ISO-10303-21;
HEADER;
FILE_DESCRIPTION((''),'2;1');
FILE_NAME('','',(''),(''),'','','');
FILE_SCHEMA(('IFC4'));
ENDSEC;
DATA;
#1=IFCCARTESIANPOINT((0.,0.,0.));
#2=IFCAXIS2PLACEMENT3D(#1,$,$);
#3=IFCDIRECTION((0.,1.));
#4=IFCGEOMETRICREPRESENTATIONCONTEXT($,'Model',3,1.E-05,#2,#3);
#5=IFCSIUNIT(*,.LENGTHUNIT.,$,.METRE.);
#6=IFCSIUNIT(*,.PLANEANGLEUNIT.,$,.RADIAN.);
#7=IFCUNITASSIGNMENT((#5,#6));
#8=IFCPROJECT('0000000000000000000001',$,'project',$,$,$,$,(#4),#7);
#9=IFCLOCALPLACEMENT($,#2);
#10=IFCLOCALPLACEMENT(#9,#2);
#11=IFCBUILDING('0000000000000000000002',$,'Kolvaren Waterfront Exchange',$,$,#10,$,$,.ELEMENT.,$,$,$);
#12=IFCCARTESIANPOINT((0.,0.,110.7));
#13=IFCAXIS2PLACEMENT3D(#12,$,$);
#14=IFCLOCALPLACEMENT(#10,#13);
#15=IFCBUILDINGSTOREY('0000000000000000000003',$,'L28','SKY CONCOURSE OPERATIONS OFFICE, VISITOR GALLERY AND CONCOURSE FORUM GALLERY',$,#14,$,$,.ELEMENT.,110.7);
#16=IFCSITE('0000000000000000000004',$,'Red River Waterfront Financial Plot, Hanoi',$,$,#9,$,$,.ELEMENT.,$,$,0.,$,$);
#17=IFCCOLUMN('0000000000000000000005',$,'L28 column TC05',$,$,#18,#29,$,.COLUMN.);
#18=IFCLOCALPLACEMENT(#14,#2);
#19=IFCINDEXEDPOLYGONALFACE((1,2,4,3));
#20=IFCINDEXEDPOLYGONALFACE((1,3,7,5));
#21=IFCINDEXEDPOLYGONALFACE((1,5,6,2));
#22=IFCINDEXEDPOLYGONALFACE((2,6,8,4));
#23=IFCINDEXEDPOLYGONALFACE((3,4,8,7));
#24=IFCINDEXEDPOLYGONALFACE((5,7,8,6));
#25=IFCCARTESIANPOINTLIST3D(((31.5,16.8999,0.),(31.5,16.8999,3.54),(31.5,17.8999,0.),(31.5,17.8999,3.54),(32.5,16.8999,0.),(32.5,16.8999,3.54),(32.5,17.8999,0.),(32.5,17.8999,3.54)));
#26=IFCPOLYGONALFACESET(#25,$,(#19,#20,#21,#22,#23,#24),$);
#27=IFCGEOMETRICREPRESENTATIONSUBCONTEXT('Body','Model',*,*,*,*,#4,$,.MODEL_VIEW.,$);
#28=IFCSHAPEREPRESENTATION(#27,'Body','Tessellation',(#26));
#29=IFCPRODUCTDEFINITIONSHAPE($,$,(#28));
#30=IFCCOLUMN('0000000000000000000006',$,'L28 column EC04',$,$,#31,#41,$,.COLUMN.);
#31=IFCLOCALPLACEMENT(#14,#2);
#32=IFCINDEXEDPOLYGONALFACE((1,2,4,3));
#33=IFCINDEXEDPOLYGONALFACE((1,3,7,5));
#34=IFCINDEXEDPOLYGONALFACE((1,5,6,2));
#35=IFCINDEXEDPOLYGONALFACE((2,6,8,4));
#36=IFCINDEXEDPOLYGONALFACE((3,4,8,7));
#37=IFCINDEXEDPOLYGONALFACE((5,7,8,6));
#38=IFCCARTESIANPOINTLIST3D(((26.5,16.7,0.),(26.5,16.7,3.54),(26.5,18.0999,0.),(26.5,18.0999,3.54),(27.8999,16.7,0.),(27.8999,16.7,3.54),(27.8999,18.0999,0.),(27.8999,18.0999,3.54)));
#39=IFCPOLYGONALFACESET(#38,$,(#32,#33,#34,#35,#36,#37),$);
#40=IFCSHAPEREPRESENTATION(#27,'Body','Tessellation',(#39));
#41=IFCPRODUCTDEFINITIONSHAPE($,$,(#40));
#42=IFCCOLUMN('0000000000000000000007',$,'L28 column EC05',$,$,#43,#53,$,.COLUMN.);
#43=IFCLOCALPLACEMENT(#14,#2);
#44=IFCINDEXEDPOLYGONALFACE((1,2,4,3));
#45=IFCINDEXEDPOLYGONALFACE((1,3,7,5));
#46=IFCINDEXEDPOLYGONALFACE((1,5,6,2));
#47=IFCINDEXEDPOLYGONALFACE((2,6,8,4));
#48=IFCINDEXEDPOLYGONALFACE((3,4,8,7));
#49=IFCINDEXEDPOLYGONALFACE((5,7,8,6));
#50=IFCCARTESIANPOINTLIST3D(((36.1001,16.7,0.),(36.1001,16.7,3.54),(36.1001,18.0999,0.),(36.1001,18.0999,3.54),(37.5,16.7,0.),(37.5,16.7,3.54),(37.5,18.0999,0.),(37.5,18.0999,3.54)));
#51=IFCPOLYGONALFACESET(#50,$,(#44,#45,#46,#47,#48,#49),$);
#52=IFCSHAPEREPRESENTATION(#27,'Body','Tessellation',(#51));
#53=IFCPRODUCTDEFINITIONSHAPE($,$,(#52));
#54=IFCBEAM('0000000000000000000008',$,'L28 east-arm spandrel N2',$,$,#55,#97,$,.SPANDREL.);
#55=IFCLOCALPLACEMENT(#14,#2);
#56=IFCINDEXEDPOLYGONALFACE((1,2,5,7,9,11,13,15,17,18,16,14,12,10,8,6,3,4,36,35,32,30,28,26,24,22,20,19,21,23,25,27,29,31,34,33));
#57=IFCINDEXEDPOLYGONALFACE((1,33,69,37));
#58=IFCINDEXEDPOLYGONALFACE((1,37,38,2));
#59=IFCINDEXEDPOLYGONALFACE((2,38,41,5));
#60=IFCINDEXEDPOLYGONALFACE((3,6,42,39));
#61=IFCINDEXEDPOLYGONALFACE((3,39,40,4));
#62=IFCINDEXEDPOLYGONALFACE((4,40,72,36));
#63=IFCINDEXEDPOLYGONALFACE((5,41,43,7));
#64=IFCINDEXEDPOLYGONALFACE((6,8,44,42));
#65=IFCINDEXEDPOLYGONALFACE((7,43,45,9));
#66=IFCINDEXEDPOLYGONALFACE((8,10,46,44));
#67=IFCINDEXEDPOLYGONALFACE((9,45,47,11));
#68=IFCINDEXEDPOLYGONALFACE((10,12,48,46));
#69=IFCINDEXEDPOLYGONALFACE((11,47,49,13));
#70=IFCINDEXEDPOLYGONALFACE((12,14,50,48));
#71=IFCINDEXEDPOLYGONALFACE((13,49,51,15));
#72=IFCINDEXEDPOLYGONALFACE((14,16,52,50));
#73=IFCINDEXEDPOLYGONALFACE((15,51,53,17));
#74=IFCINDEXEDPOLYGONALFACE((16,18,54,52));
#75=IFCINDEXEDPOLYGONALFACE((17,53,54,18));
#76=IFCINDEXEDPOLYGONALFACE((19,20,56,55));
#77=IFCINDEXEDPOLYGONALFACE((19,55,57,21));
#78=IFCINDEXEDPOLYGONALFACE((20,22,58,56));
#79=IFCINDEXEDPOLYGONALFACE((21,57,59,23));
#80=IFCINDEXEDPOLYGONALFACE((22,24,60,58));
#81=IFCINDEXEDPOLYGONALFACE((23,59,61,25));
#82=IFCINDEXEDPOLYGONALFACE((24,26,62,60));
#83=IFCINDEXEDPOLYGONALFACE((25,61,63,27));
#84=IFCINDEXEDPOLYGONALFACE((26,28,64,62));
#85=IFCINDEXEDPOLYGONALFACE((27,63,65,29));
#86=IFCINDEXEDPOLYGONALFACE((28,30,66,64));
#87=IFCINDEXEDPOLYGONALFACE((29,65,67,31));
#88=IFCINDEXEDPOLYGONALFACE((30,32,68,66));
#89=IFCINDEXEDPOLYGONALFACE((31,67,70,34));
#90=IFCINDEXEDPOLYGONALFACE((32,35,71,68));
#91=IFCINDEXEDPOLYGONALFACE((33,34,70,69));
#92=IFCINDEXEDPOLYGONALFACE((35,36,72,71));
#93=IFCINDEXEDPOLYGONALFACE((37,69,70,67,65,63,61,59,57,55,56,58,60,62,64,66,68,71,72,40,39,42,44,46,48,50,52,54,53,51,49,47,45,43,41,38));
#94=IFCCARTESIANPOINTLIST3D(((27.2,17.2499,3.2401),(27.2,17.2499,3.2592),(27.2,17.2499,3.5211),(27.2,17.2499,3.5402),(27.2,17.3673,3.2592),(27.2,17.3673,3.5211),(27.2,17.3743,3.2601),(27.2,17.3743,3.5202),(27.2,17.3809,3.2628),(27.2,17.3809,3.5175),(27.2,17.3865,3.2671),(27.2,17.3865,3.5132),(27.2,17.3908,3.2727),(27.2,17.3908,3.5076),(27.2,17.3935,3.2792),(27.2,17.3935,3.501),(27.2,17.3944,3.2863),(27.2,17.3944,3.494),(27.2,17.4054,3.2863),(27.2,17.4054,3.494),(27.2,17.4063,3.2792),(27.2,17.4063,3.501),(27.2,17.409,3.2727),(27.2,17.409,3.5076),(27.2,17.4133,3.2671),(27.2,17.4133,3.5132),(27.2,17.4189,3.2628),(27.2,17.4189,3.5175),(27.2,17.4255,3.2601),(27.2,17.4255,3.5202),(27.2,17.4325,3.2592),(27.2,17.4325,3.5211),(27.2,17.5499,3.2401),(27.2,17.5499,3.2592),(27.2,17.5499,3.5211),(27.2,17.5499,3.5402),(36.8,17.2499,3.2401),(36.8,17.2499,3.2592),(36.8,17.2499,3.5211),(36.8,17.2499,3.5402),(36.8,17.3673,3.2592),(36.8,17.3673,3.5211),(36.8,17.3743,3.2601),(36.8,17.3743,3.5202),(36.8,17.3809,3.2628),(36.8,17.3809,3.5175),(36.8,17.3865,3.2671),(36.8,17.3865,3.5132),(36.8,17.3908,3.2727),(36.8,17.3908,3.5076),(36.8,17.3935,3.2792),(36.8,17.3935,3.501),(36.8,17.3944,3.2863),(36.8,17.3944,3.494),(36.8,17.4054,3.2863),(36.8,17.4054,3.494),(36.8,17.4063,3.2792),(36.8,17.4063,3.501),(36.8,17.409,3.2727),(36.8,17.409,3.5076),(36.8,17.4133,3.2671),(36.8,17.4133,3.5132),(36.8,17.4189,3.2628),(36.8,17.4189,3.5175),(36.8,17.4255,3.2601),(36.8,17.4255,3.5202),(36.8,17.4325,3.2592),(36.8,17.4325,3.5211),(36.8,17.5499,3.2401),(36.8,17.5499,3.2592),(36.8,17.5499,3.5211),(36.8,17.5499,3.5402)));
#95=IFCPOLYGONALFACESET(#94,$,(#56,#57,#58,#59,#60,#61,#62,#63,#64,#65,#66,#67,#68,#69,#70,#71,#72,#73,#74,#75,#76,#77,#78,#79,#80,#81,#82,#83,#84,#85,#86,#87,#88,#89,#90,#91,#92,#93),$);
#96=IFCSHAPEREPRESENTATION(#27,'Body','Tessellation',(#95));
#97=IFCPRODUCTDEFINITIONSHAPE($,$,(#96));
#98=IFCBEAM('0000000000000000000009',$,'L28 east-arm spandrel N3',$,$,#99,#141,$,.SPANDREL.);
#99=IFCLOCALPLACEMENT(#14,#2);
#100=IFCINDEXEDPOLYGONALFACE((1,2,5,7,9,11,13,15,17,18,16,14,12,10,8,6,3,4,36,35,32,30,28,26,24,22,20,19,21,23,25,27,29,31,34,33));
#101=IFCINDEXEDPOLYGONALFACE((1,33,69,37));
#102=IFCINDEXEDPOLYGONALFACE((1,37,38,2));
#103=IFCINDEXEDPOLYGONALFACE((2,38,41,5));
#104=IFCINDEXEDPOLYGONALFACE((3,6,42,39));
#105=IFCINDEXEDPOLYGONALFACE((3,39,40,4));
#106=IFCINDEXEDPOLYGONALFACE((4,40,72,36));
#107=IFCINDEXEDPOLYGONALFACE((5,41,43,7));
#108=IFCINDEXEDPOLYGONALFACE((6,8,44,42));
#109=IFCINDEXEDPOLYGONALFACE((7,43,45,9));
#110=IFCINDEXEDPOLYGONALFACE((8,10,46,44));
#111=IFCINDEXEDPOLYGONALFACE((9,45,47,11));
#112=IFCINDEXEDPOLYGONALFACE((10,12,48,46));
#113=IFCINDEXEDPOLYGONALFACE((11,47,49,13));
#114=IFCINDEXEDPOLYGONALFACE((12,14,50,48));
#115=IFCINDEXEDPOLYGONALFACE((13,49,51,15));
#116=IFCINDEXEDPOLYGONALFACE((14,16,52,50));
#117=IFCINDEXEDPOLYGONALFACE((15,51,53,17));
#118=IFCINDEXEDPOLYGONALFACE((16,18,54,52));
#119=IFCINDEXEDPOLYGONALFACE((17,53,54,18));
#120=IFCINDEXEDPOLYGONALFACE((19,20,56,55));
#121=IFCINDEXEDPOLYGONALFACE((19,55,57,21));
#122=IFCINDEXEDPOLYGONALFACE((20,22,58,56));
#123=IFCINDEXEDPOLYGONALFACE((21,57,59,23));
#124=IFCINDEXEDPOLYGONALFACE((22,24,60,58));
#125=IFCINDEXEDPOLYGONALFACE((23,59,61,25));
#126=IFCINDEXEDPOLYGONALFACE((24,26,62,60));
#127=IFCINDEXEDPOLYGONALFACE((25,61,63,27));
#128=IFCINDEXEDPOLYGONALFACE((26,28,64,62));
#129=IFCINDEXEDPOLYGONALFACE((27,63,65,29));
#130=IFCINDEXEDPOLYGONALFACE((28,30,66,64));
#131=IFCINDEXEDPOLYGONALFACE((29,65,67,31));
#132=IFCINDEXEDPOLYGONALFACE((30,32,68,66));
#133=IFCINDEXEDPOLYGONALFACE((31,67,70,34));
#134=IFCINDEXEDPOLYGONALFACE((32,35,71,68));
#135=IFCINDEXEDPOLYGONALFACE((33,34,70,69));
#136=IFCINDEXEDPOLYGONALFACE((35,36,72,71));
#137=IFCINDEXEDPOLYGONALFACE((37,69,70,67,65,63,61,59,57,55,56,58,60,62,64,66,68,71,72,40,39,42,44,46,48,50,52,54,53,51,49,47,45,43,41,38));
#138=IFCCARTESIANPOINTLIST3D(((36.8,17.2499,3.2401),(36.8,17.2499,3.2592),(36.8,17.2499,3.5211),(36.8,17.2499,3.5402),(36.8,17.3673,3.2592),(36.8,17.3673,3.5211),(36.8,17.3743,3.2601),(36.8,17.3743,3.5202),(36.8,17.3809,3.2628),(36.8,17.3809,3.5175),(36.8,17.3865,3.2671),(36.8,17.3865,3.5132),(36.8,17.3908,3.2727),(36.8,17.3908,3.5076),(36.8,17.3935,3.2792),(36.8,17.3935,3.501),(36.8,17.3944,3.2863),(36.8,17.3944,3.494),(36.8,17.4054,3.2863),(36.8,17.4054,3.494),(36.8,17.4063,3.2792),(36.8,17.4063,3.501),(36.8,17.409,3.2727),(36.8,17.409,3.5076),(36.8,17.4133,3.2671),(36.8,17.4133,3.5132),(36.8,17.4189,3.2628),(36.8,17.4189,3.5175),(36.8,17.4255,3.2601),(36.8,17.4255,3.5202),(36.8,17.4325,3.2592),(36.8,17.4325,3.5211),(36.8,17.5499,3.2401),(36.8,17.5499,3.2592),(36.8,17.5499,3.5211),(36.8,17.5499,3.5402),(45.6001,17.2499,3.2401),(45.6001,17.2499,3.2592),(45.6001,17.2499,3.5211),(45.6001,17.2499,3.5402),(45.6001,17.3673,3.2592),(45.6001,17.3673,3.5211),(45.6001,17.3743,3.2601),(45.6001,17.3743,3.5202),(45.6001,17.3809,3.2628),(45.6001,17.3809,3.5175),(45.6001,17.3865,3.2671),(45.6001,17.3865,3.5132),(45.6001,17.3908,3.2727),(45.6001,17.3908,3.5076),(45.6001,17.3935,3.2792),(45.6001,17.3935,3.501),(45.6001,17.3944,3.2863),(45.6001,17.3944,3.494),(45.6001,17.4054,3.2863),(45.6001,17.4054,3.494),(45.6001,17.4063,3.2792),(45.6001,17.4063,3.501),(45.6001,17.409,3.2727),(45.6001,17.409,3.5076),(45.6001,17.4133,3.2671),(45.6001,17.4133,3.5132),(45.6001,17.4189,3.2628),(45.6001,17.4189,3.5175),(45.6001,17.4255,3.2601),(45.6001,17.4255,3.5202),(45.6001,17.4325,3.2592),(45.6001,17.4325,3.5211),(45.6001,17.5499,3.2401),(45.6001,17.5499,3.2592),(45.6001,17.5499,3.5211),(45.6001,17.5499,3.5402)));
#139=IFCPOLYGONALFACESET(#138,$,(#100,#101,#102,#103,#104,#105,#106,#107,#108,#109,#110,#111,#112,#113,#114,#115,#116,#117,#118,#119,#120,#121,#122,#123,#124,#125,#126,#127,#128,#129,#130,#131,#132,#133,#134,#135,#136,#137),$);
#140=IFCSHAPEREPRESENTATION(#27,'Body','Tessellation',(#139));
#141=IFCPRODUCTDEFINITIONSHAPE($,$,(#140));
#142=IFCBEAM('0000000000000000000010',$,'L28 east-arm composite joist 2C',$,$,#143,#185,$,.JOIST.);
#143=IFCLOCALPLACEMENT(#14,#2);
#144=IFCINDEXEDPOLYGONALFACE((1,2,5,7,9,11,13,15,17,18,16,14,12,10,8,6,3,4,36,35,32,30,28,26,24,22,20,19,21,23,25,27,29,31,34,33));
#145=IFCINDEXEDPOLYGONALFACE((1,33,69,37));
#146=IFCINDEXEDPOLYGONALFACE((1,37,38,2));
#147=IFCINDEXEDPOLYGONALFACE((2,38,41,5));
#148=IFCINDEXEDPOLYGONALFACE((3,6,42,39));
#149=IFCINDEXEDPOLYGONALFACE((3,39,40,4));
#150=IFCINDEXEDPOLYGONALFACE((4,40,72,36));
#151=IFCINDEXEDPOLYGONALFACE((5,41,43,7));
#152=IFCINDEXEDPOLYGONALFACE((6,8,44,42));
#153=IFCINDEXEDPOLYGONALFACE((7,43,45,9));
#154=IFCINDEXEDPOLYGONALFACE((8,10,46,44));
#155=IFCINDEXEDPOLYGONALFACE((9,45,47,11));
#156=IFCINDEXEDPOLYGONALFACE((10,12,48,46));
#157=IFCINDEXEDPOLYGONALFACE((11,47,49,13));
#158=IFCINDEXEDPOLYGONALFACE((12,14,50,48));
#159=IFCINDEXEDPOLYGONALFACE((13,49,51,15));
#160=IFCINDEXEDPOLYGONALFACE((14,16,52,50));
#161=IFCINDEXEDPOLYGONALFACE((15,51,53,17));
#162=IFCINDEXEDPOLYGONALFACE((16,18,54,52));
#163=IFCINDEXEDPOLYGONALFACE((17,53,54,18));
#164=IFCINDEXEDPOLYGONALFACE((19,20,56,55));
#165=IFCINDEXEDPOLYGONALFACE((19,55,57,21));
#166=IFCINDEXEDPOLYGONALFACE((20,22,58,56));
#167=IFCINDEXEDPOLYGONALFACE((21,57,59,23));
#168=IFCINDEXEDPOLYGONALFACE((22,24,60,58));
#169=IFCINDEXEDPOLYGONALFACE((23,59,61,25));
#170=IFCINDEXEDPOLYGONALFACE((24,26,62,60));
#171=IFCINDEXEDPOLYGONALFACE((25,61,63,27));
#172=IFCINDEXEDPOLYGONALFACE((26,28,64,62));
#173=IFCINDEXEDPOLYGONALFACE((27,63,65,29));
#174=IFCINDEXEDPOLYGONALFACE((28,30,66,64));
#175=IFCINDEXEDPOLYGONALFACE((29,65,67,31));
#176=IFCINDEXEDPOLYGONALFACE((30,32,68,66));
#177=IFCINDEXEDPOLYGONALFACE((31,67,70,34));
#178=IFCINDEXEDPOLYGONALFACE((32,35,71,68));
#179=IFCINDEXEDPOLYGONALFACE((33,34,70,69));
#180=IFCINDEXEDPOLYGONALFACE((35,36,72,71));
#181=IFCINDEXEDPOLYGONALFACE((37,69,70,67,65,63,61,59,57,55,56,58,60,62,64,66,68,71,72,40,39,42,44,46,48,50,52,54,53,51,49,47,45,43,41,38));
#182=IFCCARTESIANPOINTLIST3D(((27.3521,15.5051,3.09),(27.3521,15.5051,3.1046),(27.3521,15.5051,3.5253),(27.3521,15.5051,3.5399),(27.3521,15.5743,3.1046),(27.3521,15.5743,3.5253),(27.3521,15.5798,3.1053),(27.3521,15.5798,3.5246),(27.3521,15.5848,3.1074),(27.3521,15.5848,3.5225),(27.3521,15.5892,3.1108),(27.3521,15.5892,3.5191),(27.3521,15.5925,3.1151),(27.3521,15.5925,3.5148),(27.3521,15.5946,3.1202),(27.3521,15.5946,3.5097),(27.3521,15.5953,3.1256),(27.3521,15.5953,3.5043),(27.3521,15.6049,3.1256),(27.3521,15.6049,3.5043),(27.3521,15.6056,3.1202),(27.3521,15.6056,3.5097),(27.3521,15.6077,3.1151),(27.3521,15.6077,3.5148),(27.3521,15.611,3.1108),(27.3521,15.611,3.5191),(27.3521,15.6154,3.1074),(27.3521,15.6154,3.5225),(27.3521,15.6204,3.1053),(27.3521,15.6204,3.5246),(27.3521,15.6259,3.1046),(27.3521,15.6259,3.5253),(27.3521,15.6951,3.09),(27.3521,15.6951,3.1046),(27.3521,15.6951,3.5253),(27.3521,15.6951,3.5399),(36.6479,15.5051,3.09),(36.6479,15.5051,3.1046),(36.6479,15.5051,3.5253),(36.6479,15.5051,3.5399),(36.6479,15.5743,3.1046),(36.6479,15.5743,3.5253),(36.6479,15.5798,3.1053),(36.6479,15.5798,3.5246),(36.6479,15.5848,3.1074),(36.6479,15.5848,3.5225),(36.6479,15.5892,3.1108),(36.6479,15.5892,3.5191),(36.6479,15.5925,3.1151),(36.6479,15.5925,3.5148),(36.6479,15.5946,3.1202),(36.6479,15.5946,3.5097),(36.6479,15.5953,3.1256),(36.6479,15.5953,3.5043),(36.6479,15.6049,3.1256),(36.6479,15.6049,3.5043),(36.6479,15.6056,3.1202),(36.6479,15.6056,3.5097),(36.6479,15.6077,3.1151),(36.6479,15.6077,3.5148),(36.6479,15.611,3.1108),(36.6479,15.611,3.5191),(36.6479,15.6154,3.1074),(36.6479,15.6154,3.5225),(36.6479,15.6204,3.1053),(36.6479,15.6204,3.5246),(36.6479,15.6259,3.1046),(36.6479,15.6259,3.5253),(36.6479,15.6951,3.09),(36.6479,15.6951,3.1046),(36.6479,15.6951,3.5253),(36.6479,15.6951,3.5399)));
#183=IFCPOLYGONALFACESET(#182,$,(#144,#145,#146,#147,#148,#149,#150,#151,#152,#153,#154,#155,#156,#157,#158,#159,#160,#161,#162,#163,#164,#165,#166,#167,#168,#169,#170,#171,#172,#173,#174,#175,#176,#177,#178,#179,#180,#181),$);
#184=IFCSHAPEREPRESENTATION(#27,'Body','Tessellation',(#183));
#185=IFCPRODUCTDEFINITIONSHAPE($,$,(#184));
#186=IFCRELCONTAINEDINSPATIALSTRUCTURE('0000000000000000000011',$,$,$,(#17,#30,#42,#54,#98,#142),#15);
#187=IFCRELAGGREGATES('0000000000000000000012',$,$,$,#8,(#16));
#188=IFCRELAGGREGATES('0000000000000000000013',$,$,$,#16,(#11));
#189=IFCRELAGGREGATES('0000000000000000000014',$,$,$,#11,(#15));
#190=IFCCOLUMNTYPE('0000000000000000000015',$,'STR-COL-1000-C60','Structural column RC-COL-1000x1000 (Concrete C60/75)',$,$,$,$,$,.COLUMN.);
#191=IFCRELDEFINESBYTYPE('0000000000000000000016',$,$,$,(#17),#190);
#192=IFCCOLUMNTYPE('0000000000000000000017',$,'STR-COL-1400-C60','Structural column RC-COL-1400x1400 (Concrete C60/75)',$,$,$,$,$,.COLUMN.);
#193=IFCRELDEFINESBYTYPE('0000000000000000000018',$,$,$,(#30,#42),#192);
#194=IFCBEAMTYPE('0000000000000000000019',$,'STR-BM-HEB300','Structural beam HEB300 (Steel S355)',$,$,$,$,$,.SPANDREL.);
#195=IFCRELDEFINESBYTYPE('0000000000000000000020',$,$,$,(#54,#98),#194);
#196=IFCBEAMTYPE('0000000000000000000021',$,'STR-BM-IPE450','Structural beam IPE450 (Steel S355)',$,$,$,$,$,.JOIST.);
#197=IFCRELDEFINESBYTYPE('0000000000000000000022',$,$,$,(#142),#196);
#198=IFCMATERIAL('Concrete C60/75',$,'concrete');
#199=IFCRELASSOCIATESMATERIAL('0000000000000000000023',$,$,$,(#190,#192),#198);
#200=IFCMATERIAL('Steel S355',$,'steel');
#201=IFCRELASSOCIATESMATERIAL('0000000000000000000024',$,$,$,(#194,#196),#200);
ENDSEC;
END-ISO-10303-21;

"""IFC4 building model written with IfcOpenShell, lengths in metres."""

from ifc_helpers import new_model, si_unit, direction, frame, origin, origin_2d, place, context, subcontext, project, spatial, rectangle, i_section, extrude, material, material_profile, profile_set, type_object, element, save


model = new_model("IFC4")

# Units and contexts
model_context = context("Model", 3, precision=1e-05, world=origin(), true_north=direction((0.0, 1.0)))
body_context = subcontext(model_context, "Body", "Model", "MODEL_VIEW")
ifc_project = project(units=[si_unit("LENGTHUNIT", "METRE"), si_unit("PLANEANGLEUNIT", "RADIAN")], contexts=[model_context])

# Site, building, storey
site_placement = place(None, origin())
site = spatial("IfcSite", under=ifc_project, at=site_placement, Name="Red River Waterfront Financial Plot, Hanoi", CompositionType="ELEMENT", RefElevation=0.0)
building_placement = place(site_placement, origin())
building = spatial("IfcBuilding", under=site, at=building_placement, Name="Kolvaren Waterfront Exchange", CompositionType="ELEMENT")
storey_placement = place(building_placement, frame((0.0, 0.0, 110.7)))
storey = spatial("IfcBuildingStorey", under=building, at=storey_placement, Name="L28", Description="SKY CONCOURSE OPERATIONS OFFICE, VISITOR GALLERY AND CONCOURSE FORUM GALLERY", CompositionType="ELEMENT", Elevation=110.7)

# Columns
ifc_material_1 = material(Name="Concrete C60/75", Category="concrete")
ifc_material_profile_1 = material_profile(ifc_material_1, rectangle(XDim=1.0, YDim=1.0, at=origin_2d()), Name="RC-COL-1000x1000")
ifc_profile_set_1 = profile_set([ifc_material_profile_1], Name="Concrete C60/75")
column_type_1 = type_object("IfcColumnType", Name="STR-COL-1000-C60", Description="Structural column RC-COL-1000x1000 (Concrete C60/75)", PredefinedType="COLUMN", material=ifc_profile_set_1)
column_placement = place(storey_placement, frame((32.0, 17.3999, 0.0), z_axis=(0.0, 0.0, 1.0), x_axis=(1.0, 0.0, 0.0)))
element("IfcColumn", 1, at=column_placement, inside=storey, type_object=column_type_1, Name="L28 column TC05", PredefinedType="COLUMN", context=body_context, shape_type="SweptSolid", body=[
    extrude(rectangle(XDim=1.0, YDim=1.0, at=origin_2d()), origin(), (0.0, 0.0, 1.0), 3.54),
])
ifc_material_profile_2 = material_profile(ifc_material_1, rectangle(XDim=1.3999, YDim=1.3999, at=origin_2d()), Name="RC-COL-1400x1400")
ifc_profile_set_2 = profile_set([ifc_material_profile_2], Name="Concrete C60/75")
column_type_2 = type_object("IfcColumnType", Name="STR-COL-1400-C60", Description="Structural column RC-COL-1400x1400 (Concrete C60/75)", PredefinedType="COLUMN", material=ifc_profile_set_2)
for number, where, z_axis, x_axis, name in (
    (2, (27.2, 17.3999, 0.0), (0.0, 0.0, 1.0), (1.0, 0.0, 0.0), "L28 column EC04"),
    (3, (36.8, 17.3999, 0.0), (0.0, 0.0, 1.0), (1.0, 0.0, 0.0), "L28 column EC05"),
):
    element("IfcColumn", number, at=place(storey_placement, frame(where, z_axis=z_axis, x_axis=x_axis)), inside=storey, type_object=column_type_2, Name=name, PredefinedType="COLUMN", context=body_context, shape_type="SweptSolid", body=[
        extrude(rectangle(XDim=1.3999, YDim=1.3999, at=origin_2d()), origin(), (0.0, 0.0, 1.0), 3.54),
    ])

# Beams
ifc_material_2 = material(Name="Steel S355", Category="steel")
ifc_material_profile_3 = material_profile(ifc_material_2, i_section(OverallWidth=0.3, OverallDepth=0.3, WebThickness=0.011, FlangeThickness=0.019, FilletRadius=0.0271, at=origin_2d()), Name="HEB300")
ifc_profile_set_3 = profile_set([ifc_material_profile_3], Name="Steel S355")
beam_type_1 = type_object("IfcBeamType", Name="STR-BM-HEB300", Description="Structural beam HEB300 (Steel S355)", PredefinedType="SPANDREL", material=ifc_profile_set_3)
beam_1_placement = place(storey_placement, frame((27.2, 17.3999, 3.3901), z_axis=(1.0, 0.0, 0.0), x_axis=(0.0, 1.0, 0.0)))
element("IfcBeam", 4, at=beam_1_placement, inside=storey, type_object=beam_type_1, Name="L28 east-arm spandrel N2", PredefinedType="SPANDREL", context=body_context, shape_type="SweptSolid", body=[
    extrude(i_section(OverallWidth=0.3, OverallDepth=0.3, WebThickness=0.011, FlangeThickness=0.019, FilletRadius=0.0271, at=origin_2d()), origin(), (0.0, 0.0, 1.0), 9.6001),
])
beam_2_placement = place(storey_placement, frame((36.8, 17.3999, 3.3901), z_axis=(1.0, 0.0, 0.0), x_axis=(0.0, 1.0, 0.0)))
element("IfcBeam", 5, at=beam_2_placement, inside=storey, type_object=beam_type_1, Name="L28 east-arm spandrel N3", PredefinedType="SPANDREL", context=body_context, shape_type="SweptSolid", body=[
    extrude(i_section(OverallWidth=0.3, OverallDepth=0.3, WebThickness=0.011, FlangeThickness=0.019, FilletRadius=0.0271, at=origin_2d()), origin(), (0.0, 0.0, 1.0), 8.8),
])
ifc_material_profile_4 = material_profile(ifc_material_2, i_section(OverallWidth=0.1899, OverallDepth=0.45, WebThickness=0.0095, FlangeThickness=0.0146, FilletRadius=0.021, at=origin_2d()), Name="IPE450")
ifc_profile_set_4 = profile_set([ifc_material_profile_4], Name="Steel S355")
beam_type_2 = type_object("IfcBeamType", Name="STR-BM-IPE450", Description="Structural beam IPE450 (Steel S355)", PredefinedType="JOIST", material=ifc_profile_set_4)
beam_3_placement = place(storey_placement, frame((27.3521, 15.6001, 3.3149), z_axis=(1.0, 0.0, 0.0), x_axis=(0.0, 1.0, 0.0)))
element("IfcBeam", 6, at=beam_3_placement, inside=storey, type_object=beam_type_2, Name="L28 east-arm composite joist 2C", PredefinedType="JOIST", context=body_context, shape_type="SweptSolid", body=[
    extrude(i_section(OverallWidth=0.1899, OverallDepth=0.45, WebThickness=0.0095, FlangeThickness=0.0146, FilletRadius=0.021, at=origin_2d()), origin(), (0.0, 0.0, 1.0), 9.2959),
])

save(model, "model.ifc")
